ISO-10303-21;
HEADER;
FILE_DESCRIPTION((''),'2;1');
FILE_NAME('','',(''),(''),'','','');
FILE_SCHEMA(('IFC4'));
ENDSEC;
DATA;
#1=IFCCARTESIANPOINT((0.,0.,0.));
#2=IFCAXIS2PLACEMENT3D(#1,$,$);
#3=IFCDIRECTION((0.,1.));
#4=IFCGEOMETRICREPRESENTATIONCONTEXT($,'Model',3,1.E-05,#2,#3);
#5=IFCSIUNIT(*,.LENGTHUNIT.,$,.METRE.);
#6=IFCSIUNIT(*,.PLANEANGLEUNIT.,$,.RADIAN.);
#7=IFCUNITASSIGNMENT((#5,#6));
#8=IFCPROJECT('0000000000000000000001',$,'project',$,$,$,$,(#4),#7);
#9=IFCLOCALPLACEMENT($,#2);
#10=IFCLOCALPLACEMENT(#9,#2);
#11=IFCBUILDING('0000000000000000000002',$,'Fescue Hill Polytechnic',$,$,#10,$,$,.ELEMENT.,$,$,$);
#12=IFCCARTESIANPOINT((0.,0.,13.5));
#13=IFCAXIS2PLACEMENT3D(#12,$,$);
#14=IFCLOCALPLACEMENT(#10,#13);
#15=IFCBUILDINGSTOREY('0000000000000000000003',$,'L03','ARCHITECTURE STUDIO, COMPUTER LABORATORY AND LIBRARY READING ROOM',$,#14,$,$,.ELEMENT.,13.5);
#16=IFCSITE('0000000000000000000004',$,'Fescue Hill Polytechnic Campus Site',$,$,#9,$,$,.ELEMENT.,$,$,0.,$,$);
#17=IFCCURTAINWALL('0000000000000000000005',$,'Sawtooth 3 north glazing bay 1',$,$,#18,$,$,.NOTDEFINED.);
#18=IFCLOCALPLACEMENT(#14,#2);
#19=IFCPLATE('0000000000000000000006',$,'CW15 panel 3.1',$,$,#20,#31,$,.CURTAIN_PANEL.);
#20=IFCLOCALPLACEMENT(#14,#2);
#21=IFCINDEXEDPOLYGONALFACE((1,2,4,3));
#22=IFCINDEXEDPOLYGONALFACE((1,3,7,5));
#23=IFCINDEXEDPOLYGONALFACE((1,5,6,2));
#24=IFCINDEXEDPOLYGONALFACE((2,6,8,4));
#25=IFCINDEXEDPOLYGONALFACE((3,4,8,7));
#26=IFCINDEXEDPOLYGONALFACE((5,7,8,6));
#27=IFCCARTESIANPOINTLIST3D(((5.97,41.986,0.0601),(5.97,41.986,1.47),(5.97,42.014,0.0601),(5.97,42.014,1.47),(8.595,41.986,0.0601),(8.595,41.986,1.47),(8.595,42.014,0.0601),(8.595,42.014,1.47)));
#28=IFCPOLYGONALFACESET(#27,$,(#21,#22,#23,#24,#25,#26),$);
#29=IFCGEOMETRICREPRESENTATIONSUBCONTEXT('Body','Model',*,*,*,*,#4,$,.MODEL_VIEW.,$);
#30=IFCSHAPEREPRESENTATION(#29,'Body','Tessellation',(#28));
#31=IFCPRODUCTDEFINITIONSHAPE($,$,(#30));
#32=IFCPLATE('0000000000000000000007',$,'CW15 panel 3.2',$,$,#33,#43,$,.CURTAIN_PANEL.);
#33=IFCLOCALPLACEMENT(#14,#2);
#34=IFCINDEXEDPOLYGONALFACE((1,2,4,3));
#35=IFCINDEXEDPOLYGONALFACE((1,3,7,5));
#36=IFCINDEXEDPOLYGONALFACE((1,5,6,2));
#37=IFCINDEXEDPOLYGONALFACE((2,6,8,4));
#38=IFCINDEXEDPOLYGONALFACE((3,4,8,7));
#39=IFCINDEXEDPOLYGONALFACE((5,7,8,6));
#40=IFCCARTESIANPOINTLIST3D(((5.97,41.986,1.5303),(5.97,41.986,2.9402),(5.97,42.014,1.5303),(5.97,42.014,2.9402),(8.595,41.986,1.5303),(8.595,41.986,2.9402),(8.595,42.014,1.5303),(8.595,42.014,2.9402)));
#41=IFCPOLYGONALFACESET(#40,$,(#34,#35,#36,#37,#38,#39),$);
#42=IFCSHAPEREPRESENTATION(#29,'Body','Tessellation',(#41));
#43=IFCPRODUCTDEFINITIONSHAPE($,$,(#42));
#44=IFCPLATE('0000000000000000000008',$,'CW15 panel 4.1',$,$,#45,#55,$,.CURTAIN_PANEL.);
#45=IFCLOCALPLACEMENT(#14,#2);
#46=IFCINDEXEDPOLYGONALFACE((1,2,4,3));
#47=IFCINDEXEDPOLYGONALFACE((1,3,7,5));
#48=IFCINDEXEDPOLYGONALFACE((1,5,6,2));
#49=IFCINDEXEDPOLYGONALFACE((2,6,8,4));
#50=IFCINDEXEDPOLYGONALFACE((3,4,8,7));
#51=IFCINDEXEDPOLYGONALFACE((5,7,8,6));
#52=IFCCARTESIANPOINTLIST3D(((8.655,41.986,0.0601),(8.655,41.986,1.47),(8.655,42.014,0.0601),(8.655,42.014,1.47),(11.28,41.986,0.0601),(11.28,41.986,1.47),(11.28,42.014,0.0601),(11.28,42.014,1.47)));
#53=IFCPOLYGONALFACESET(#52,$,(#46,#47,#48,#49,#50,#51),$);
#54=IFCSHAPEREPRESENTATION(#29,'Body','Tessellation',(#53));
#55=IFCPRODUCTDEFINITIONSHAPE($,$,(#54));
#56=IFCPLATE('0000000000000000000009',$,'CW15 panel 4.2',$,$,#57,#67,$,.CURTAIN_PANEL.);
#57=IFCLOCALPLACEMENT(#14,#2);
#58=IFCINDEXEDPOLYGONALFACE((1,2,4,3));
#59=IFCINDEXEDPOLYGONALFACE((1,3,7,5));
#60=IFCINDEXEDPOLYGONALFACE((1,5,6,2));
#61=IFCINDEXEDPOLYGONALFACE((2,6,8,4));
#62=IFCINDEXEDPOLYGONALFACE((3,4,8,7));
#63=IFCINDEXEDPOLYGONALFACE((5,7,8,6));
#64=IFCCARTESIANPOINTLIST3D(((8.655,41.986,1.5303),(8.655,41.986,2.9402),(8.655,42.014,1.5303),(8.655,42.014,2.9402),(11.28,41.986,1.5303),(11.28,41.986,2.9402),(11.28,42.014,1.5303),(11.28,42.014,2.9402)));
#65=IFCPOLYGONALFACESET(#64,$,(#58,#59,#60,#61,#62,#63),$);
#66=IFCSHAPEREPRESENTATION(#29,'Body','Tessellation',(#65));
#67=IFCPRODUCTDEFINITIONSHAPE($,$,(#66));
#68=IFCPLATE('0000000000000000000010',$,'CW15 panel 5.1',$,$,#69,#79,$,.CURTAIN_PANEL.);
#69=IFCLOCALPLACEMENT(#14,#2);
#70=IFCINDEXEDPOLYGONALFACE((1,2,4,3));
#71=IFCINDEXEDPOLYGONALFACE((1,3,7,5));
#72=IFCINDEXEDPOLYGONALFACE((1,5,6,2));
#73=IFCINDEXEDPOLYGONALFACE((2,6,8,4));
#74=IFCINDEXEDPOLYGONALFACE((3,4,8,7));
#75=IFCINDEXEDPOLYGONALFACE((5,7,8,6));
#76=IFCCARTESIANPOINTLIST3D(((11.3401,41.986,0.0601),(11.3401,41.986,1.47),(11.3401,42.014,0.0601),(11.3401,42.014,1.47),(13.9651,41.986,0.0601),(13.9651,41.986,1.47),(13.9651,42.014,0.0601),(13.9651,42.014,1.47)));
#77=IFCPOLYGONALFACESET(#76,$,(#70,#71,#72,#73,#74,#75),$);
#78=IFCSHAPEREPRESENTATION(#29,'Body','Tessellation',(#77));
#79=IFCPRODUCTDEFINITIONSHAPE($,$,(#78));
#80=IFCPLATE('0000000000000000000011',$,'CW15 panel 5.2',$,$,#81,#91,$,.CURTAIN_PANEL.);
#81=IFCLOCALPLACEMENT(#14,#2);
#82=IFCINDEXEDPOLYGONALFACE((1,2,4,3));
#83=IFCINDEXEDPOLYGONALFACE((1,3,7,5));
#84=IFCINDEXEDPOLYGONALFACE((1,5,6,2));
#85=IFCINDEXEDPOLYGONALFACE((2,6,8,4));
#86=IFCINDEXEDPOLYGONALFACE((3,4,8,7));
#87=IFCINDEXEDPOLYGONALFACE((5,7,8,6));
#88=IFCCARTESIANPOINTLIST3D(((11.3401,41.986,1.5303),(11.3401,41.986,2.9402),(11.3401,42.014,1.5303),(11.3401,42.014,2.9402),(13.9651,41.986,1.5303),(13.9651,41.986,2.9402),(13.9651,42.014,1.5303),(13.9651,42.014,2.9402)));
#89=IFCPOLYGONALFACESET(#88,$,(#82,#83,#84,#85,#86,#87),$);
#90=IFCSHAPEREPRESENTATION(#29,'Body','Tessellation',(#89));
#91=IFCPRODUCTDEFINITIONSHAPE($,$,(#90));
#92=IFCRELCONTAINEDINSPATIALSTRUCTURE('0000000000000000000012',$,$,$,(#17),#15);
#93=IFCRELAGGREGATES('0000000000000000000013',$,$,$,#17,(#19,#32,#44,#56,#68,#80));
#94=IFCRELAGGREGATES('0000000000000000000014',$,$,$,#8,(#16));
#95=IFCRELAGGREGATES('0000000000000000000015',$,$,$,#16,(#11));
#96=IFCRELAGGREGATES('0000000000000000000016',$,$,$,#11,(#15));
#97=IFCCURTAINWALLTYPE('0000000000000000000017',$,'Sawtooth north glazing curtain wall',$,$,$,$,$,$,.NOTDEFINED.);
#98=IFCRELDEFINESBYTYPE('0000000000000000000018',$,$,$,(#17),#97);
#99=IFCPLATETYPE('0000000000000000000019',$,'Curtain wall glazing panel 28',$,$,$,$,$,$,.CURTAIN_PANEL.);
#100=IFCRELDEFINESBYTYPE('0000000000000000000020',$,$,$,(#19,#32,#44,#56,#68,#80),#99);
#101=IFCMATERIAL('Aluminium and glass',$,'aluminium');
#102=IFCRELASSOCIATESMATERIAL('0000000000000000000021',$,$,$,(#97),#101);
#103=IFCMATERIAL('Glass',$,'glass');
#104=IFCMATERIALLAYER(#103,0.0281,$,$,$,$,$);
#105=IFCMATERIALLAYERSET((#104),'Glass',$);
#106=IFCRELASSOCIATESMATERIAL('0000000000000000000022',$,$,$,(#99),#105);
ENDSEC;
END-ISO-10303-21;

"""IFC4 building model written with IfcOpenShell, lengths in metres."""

from ifc_helpers import new_model, si_unit, direction, frame, origin, origin_2d, place, context, subcontext, project, spatial, rectangle, extrude, material, layer, layer_set, type_object, element, aggregate, save


model = new_model("IFC4")

# Units and contexts
model_context = context("Model", 3, precision=1e-05, world=origin(), true_north=direction((0.0, 1.0)))
body_context = subcontext(model_context, "Body", "Model", "MODEL_VIEW")
ifc_project = project(units=[si_unit("LENGTHUNIT", "METRE"), si_unit("PLANEANGLEUNIT", "RADIAN")], contexts=[model_context])

# Site, building, storey
site_placement = place(None, origin())
site = spatial("IfcSite", under=ifc_project, at=site_placement, Name="Fescue Hill Polytechnic Campus Site", CompositionType="ELEMENT", RefElevation=0.0)
building_placement = place(site_placement, origin())
building = spatial("IfcBuilding", under=site, at=building_placement, Name="Fescue Hill Polytechnic", CompositionType="ELEMENT")
storey_placement = place(building_placement, frame((0.0, 0.0, 13.5)))
storey = spatial("IfcBuildingStorey", under=building, at=storey_placement, Name="L03", Description="ARCHITECTURE STUDIO, COMPUTER LABORATORY AND LIBRARY READING ROOM", CompositionType="ELEMENT", Elevation=13.5)

# Curtain wall
ifc_material_1 = material(Name="Aluminium and glass", Category="aluminium")
curtain_wall_type = type_object("IfcCurtainWallType", Name="Sawtooth north glazing curtain wall", PredefinedType="NOTDEFINED", material=ifc_material_1)
curtain_wall_placement = place(storey_placement, origin())
curtain_wall = element("IfcCurtainWall", 1, at=curtain_wall_placement, inside=storey, type_object=curtain_wall_type, Name="Sawtooth 3 north glazing bay 1", PredefinedType="NOTDEFINED")

# Plates
ifc_material_2 = material(Name="Glass", Category="glass")
ifc_layer = layer(ifc_material_2, 0.0281)
ifc_layer_set = layer_set([ifc_layer], Name="Glass")
plate_type = type_object("IfcPlateType", Name="Curtain wall glazing panel 28", PredefinedType="CURTAIN_PANEL", material=ifc_layer_set)
plate_1_placement = place(storey_placement, frame((7.2825, 42.0, 0.0601), z_axis=(0.0, 0.0, 1.0), x_axis=(1.0, 0.0, 0.0)))
plate_1 = element("IfcPlate", 2, at=plate_1_placement, type_object=plate_type, Name="CW15 panel 3.1", PredefinedType="CURTAIN_PANEL", context=body_context, shape_type="SweptSolid", body=[
    extrude(rectangle(XDim=2.625, YDim=0.0281, at=origin_2d()), origin(), (0.0, 0.0, 1.0), 1.4099),
])
plate_2_placement = place(storey_placement, frame((7.2825, 42.0, 1.5303), z_axis=(0.0, 0.0, 1.0), x_axis=(1.0, 0.0, 0.0)))
plate_2 = element("IfcPlate", 3, at=plate_2_placement, type_object=plate_type, Name="CW15 panel 3.2", PredefinedType="CURTAIN_PANEL", context=body_context, shape_type="SweptSolid", body=[
    extrude(rectangle(XDim=2.625, YDim=0.0281, at=origin_2d()), origin(), (0.0, 0.0, 1.0), 1.4099),
])
plate_3_placement = place(storey_placement, frame((9.9675, 42.0, 0.0601), z_axis=(0.0, 0.0, 1.0), x_axis=(1.0, 0.0, 0.0)))
plate_3 = element("IfcPlate", 4, at=plate_3_placement, type_object=plate_type, Name="CW15 panel 4.1", PredefinedType="CURTAIN_PANEL", context=body_context, shape_type="SweptSolid", body=[
    extrude(rectangle(XDim=2.625, YDim=0.0281, at=origin_2d()), origin(), (0.0, 0.0, 1.0), 1.4099),
])
plate_4_placement = place(storey_placement, frame((9.9675, 42.0, 1.5303), z_axis=(0.0, 0.0, 1.0), x_axis=(1.0, 0.0, 0.0)))
plate_4 = element("IfcPlate", 5, at=plate_4_placement, type_object=plate_type, Name="CW15 panel 4.2", PredefinedType="CURTAIN_PANEL", context=body_context, shape_type="SweptSolid", body=[
    extrude(rectangle(XDim=2.625, YDim=0.0281, at=origin_2d()), origin(), (0.0, 0.0, 1.0), 1.4099),
])
plate_5_placement = place(storey_placement, frame((12.6526, 42.0, 0.0601), z_axis=(0.0, 0.0, 1.0), x_axis=(1.0, 0.0, 0.0)))
plate_5 = element("IfcPlate", 6, at=plate_5_placement, type_object=plate_type, Name="CW15 panel 5.1", PredefinedType="CURTAIN_PANEL", context=body_context, shape_type="SweptSolid", body=[
    extrude(rectangle(XDim=2.625, YDim=0.0281, at=origin_2d()), origin(), (0.0, 0.0, 1.0), 1.4099),
])
plate_6_placement = place(storey_placement, frame((12.6526, 42.0, 1.5303), z_axis=(0.0, 0.0, 1.0), x_axis=(1.0, 0.0, 0.0)))
plate_6 = element("IfcPlate", 7, at=plate_6_placement, type_object=plate_type, Name="CW15 panel 5.2", PredefinedType="CURTAIN_PANEL", context=body_context, shape_type="SweptSolid", body=[
    extrude(rectangle(XDim=2.625, YDim=0.0281, at=origin_2d()), origin(), (0.0, 0.0, 1.0), 1.4099),
])
aggregate(curtain_wall, [plate_1, plate_2, plate_3, plate_4, plate_5, plate_6])

save(model, "model.ifc")
